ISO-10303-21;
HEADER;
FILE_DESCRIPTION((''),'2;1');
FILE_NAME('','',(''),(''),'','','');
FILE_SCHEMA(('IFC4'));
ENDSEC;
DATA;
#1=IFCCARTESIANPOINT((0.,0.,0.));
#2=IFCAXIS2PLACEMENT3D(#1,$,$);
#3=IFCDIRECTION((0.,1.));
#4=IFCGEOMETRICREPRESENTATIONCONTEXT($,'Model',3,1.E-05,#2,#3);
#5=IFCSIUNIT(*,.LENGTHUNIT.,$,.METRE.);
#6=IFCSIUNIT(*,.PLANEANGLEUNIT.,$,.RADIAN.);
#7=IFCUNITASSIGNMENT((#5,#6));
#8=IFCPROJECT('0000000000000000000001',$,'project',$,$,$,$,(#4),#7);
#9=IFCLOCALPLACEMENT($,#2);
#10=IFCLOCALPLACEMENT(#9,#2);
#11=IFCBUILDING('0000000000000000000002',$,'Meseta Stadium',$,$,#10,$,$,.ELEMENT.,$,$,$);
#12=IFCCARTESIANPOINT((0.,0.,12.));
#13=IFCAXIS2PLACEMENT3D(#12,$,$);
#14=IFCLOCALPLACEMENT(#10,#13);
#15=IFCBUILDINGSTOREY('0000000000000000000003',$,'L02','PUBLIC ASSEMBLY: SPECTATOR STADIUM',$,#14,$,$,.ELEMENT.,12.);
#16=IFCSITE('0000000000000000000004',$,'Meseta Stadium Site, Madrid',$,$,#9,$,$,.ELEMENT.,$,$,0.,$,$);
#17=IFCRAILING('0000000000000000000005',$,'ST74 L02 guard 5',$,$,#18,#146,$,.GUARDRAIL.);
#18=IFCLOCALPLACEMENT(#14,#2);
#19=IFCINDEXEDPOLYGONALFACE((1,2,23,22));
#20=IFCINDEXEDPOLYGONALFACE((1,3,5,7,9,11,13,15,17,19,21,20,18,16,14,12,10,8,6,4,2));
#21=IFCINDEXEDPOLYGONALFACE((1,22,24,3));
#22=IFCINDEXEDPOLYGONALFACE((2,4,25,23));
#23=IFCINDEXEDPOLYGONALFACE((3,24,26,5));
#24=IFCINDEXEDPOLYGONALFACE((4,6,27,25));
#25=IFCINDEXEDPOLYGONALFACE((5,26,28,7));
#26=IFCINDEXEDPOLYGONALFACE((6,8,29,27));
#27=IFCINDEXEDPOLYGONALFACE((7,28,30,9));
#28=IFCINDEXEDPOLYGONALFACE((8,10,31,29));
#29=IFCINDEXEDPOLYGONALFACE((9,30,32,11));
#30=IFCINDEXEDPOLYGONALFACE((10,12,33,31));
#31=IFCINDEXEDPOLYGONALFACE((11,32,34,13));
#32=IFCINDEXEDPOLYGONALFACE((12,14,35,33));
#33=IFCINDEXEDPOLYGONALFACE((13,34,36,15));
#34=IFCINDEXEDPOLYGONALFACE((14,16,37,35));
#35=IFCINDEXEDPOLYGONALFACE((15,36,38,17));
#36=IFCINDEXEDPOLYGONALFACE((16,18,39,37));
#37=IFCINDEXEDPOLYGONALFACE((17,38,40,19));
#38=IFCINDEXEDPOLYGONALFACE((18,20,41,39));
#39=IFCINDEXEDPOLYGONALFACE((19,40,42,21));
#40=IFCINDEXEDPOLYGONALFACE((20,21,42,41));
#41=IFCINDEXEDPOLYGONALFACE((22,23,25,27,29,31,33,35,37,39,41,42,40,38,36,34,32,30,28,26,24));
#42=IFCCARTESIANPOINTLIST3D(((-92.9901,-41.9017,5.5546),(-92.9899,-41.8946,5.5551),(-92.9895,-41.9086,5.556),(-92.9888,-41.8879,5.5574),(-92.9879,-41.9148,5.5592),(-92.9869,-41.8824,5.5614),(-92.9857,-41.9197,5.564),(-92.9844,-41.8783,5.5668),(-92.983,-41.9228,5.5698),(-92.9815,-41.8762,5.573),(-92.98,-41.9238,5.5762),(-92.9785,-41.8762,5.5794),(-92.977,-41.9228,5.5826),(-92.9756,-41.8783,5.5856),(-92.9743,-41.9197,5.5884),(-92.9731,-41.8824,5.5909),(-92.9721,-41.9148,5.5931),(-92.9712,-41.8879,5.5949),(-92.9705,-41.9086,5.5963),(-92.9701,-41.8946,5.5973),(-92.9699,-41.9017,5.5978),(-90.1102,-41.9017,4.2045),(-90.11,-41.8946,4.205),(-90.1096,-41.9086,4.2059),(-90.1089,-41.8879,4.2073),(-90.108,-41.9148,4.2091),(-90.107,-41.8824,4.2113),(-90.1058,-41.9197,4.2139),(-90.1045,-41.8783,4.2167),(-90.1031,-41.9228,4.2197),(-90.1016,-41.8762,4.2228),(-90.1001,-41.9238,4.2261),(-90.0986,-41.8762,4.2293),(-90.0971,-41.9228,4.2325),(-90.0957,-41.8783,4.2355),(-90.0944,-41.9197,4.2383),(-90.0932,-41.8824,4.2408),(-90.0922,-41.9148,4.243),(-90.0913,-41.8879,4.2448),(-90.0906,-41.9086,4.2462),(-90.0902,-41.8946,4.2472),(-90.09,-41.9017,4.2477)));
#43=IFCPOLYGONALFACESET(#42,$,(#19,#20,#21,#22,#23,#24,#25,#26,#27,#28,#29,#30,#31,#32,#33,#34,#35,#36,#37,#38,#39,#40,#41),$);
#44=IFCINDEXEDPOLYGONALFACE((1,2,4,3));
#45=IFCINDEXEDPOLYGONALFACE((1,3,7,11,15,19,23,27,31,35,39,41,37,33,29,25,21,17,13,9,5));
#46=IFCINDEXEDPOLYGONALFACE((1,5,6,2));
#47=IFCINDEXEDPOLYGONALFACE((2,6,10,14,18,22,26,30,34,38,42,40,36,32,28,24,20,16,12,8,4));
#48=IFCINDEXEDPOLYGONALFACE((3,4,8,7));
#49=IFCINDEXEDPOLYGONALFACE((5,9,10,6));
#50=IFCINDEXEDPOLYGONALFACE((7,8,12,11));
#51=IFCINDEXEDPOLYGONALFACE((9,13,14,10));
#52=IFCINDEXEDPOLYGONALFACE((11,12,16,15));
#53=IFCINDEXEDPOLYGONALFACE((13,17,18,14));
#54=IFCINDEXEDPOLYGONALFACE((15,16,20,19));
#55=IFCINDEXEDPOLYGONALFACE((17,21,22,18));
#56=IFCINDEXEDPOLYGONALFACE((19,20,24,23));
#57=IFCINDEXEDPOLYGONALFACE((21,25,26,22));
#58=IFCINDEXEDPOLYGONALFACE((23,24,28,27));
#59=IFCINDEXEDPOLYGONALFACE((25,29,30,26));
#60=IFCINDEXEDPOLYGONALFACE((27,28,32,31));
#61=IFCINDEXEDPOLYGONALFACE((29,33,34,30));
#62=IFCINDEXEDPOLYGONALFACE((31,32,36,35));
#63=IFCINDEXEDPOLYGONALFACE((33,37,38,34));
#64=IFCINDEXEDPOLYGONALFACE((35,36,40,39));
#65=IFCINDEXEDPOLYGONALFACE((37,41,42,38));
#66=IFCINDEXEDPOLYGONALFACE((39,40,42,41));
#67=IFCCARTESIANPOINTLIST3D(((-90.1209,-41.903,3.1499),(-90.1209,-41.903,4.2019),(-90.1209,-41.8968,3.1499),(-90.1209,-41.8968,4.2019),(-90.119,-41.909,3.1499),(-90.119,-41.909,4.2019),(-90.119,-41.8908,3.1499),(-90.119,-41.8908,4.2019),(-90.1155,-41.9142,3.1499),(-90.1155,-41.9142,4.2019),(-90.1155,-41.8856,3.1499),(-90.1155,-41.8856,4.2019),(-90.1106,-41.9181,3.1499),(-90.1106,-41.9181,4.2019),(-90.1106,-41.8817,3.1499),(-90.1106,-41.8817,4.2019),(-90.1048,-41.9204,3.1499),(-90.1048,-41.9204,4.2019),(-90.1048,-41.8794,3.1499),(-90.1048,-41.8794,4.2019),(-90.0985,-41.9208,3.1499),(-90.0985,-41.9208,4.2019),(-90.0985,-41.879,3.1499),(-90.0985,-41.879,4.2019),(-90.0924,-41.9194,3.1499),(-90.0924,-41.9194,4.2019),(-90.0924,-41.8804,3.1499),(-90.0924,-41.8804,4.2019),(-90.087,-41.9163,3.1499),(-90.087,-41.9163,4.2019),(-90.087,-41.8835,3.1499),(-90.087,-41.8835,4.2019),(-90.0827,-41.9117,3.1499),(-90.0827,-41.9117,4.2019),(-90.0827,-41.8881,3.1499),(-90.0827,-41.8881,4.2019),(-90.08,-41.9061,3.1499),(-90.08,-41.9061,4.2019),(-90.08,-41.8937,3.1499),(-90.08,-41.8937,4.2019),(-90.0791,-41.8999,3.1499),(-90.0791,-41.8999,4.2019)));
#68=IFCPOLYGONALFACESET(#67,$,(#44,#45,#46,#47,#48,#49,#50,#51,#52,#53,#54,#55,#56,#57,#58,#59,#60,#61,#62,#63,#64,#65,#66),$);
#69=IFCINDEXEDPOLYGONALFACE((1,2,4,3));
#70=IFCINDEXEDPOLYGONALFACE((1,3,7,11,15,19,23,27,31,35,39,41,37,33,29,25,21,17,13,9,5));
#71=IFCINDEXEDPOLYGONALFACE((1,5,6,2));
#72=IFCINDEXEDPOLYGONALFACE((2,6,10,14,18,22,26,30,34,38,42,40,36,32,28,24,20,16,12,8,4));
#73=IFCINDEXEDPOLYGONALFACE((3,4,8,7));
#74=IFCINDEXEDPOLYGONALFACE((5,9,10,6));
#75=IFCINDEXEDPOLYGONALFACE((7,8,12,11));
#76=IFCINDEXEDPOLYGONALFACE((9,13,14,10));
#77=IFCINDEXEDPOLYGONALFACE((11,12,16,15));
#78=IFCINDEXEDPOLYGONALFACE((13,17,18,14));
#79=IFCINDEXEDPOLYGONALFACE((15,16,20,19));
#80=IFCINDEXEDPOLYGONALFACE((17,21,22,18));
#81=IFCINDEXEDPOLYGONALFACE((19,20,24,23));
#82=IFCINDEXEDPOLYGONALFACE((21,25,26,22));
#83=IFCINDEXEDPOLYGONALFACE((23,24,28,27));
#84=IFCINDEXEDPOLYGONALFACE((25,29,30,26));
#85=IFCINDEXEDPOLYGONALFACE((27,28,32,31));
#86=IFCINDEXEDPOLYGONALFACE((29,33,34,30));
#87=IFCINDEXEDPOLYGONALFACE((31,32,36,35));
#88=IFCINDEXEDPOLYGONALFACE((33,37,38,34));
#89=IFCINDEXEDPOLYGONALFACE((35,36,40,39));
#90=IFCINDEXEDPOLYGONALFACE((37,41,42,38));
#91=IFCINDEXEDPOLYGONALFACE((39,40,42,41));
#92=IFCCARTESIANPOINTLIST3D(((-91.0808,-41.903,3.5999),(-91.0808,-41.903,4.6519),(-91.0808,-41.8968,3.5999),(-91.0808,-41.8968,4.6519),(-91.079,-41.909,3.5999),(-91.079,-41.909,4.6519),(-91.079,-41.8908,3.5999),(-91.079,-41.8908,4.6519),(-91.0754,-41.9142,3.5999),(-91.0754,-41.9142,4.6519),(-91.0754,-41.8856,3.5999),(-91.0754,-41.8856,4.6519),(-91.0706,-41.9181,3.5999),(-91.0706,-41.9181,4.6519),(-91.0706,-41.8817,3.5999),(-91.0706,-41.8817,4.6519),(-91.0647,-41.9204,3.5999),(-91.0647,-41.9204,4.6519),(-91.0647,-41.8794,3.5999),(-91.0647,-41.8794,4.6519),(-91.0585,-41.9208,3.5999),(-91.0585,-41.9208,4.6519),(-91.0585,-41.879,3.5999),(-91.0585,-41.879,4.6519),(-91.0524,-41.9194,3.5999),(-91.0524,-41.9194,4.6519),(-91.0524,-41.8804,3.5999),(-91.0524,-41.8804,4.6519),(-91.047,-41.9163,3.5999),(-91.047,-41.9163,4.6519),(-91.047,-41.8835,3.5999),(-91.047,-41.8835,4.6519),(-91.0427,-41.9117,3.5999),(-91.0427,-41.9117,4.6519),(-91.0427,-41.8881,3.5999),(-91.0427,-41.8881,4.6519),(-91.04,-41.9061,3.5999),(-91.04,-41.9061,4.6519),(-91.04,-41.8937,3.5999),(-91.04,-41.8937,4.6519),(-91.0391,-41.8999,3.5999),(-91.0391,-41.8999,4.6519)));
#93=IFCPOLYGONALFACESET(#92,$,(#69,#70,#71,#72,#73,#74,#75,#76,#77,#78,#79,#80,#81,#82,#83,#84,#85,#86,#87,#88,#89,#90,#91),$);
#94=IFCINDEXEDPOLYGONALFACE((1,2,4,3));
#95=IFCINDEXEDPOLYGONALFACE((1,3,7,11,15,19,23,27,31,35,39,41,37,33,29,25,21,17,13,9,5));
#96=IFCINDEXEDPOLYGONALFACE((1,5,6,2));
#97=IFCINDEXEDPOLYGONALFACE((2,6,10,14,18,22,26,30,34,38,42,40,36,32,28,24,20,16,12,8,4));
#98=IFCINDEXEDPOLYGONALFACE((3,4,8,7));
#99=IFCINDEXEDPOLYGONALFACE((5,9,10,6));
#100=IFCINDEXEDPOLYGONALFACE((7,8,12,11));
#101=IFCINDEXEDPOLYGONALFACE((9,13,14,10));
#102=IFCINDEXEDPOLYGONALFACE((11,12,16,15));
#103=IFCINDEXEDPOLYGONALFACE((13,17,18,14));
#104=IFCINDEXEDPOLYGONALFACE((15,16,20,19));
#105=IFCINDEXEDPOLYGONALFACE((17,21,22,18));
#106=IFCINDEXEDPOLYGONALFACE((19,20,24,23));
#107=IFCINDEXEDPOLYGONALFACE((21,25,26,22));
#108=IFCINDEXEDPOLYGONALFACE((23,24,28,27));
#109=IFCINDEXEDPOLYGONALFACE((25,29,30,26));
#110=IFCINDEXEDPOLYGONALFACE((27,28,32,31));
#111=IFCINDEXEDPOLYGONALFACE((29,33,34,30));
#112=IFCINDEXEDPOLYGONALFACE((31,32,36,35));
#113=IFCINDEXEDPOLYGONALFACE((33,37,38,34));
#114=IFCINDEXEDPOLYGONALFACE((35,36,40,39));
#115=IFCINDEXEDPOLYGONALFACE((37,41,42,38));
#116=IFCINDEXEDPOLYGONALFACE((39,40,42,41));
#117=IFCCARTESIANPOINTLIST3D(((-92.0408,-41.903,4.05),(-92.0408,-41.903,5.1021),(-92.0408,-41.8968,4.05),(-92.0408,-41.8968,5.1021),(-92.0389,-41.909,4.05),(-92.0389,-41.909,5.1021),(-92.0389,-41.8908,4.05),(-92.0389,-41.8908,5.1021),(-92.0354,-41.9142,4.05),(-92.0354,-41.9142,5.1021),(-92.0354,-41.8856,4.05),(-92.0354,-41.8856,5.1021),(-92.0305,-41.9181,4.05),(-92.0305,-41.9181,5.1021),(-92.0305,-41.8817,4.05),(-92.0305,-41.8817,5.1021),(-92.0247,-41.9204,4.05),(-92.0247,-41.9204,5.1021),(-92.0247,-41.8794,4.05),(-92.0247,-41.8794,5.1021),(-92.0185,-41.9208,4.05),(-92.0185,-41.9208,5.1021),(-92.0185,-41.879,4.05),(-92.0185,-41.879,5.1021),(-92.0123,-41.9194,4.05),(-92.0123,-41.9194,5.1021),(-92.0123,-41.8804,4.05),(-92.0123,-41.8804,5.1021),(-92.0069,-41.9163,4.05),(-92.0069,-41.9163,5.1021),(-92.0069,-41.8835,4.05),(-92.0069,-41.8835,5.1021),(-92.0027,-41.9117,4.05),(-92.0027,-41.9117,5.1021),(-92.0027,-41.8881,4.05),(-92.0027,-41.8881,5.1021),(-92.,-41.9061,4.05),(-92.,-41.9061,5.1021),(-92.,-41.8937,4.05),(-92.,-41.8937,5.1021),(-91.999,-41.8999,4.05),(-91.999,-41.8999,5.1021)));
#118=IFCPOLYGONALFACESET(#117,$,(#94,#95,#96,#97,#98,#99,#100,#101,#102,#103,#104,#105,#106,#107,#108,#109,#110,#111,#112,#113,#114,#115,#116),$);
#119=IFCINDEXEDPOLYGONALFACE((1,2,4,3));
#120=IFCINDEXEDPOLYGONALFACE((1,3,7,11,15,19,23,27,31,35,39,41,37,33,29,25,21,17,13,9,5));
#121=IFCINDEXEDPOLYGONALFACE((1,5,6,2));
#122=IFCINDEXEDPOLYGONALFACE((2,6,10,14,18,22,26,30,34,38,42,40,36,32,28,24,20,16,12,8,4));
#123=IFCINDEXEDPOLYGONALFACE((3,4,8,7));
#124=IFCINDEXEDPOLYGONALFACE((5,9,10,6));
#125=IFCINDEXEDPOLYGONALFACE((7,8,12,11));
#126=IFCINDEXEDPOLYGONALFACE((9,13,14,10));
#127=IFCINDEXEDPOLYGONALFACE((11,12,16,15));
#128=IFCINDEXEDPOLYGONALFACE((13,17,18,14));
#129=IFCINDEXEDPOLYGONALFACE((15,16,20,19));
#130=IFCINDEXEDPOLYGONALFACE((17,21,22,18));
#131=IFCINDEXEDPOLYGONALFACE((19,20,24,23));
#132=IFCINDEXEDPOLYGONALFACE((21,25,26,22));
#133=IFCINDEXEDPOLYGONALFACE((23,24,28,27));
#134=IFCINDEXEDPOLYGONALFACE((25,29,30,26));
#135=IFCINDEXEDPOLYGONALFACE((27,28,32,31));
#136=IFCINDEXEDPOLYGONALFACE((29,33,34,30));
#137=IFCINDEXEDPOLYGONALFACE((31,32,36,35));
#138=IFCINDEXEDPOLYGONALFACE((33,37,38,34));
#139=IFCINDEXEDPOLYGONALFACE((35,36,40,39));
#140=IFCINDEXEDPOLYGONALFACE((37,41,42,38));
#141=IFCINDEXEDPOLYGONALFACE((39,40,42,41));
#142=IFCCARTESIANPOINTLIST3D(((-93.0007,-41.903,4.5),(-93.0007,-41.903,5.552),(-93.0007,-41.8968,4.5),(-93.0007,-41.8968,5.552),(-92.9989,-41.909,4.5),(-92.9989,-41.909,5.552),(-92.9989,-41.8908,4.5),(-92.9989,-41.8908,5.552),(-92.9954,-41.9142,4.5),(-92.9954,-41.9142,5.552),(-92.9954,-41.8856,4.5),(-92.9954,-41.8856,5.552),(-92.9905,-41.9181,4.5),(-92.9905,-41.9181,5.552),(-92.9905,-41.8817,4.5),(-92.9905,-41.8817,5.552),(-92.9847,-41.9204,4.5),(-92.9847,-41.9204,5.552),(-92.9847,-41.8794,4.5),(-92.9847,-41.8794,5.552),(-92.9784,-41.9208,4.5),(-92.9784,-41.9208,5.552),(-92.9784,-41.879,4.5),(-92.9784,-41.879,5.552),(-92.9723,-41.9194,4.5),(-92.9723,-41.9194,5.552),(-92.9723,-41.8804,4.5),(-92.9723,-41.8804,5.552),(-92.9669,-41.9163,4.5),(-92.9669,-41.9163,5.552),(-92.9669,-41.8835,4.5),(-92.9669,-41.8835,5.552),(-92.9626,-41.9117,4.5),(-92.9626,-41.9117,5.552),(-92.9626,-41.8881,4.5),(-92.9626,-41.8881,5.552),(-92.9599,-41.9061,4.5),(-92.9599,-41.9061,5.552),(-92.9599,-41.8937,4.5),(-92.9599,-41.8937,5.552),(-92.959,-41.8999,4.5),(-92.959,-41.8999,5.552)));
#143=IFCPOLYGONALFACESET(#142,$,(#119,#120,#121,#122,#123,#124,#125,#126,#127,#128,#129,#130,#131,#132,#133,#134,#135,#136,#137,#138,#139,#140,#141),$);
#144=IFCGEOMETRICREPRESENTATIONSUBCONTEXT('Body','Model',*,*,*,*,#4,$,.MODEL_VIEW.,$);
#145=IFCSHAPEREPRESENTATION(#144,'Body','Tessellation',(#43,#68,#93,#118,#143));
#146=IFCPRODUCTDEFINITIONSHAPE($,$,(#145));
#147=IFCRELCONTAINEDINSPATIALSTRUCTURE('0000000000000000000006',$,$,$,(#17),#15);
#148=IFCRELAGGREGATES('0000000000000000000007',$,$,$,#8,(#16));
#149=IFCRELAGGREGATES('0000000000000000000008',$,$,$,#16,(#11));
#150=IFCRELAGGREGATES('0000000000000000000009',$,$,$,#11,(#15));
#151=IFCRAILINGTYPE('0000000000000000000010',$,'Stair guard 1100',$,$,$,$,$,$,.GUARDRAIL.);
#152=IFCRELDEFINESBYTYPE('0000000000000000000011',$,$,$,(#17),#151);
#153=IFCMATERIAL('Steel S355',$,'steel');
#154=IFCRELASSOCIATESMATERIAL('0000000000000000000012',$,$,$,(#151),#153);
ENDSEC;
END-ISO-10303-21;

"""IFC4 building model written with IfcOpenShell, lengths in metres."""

from ifc_helpers import new_model, si_unit, direction, frame, origin, origin_2d, place, context, subcontext, project, spatial, circle, extrude, material, type_object, element, save


model = new_model("IFC4")

# Units and contexts
model_context = context("Model", 3, precision=1e-05, world=origin(), true_north=direction((0.0, 1.0)))
body_context = subcontext(model_context, "Body", "Model", "MODEL_VIEW")
ifc_project = project(units=[si_unit("LENGTHUNIT", "METRE"), si_unit("PLANEANGLEUNIT", "RADIAN")], contexts=[model_context])

# Site, building, storey
site_placement = place(None, origin())
site = spatial("IfcSite", under=ifc_project, at=site_placement, Name="Meseta Stadium Site, Madrid", CompositionType="ELEMENT", RefElevation=0.0)
building_placement = place(site_placement, origin())
building = spatial("IfcBuilding", under=site, at=building_placement, Name="Meseta Stadium", CompositionType="ELEMENT")
storey_placement = place(building_placement, frame((0.0, 0.0, 12.0)))
storey = spatial("IfcBuildingStorey", under=building, at=storey_placement, Name="L02", Description="PUBLIC ASSEMBLY: SPECTATOR STADIUM", CompositionType="ELEMENT", Elevation=12.0)

# Railing
ifc_material_1 = material(Name="Steel S355", Category="steel")
railing_type_1 = type_object("IfcRailingType", Name="Stair guard 1100", PredefinedType="GUARDRAIL", material=ifc_material_1)
railing_1_placement = place(storey_placement, frame((-90.1001, -41.8999, 3.1499)))
element("IfcRailing", 1, at=railing_1_placement, inside=storey, type_object=railing_type_1, Name="ST74 L02 guard 5", PredefinedType="GUARDRAIL", context=body_context, shape_type="SweptSolid", body=[
    extrude(circle(Radius=0.0239, at=origin_2d()), frame((0.0, 0.0, 1.0762), z_axis=(-0.90544, 0.0, 0.424473), x_axis=(0.0, -1.0, 0.0)), (0.0, 0.0, 1.0), 3.1807),
    extrude(circle(Radius=0.021, at=origin_2d()), origin(), (0.0, 0.0, 1.0), 1.052),
    extrude(circle(Radius=0.021, at=origin_2d()), frame((-0.96, 0.0, 0.45)), (0.0, 0.0, 1.0), 1.052),
    extrude(circle(Radius=0.021, at=origin_2d()), frame((-1.9199, 0.0, 0.9001)), (0.0, 0.0, 1.0), 1.052),
    extrude(circle(Radius=0.021, at=origin_2d()), frame((-2.8799, 0.0, 1.3501)), (0.0, 0.0, 1.0), 1.052),
])

save(model, "model.ifc")
